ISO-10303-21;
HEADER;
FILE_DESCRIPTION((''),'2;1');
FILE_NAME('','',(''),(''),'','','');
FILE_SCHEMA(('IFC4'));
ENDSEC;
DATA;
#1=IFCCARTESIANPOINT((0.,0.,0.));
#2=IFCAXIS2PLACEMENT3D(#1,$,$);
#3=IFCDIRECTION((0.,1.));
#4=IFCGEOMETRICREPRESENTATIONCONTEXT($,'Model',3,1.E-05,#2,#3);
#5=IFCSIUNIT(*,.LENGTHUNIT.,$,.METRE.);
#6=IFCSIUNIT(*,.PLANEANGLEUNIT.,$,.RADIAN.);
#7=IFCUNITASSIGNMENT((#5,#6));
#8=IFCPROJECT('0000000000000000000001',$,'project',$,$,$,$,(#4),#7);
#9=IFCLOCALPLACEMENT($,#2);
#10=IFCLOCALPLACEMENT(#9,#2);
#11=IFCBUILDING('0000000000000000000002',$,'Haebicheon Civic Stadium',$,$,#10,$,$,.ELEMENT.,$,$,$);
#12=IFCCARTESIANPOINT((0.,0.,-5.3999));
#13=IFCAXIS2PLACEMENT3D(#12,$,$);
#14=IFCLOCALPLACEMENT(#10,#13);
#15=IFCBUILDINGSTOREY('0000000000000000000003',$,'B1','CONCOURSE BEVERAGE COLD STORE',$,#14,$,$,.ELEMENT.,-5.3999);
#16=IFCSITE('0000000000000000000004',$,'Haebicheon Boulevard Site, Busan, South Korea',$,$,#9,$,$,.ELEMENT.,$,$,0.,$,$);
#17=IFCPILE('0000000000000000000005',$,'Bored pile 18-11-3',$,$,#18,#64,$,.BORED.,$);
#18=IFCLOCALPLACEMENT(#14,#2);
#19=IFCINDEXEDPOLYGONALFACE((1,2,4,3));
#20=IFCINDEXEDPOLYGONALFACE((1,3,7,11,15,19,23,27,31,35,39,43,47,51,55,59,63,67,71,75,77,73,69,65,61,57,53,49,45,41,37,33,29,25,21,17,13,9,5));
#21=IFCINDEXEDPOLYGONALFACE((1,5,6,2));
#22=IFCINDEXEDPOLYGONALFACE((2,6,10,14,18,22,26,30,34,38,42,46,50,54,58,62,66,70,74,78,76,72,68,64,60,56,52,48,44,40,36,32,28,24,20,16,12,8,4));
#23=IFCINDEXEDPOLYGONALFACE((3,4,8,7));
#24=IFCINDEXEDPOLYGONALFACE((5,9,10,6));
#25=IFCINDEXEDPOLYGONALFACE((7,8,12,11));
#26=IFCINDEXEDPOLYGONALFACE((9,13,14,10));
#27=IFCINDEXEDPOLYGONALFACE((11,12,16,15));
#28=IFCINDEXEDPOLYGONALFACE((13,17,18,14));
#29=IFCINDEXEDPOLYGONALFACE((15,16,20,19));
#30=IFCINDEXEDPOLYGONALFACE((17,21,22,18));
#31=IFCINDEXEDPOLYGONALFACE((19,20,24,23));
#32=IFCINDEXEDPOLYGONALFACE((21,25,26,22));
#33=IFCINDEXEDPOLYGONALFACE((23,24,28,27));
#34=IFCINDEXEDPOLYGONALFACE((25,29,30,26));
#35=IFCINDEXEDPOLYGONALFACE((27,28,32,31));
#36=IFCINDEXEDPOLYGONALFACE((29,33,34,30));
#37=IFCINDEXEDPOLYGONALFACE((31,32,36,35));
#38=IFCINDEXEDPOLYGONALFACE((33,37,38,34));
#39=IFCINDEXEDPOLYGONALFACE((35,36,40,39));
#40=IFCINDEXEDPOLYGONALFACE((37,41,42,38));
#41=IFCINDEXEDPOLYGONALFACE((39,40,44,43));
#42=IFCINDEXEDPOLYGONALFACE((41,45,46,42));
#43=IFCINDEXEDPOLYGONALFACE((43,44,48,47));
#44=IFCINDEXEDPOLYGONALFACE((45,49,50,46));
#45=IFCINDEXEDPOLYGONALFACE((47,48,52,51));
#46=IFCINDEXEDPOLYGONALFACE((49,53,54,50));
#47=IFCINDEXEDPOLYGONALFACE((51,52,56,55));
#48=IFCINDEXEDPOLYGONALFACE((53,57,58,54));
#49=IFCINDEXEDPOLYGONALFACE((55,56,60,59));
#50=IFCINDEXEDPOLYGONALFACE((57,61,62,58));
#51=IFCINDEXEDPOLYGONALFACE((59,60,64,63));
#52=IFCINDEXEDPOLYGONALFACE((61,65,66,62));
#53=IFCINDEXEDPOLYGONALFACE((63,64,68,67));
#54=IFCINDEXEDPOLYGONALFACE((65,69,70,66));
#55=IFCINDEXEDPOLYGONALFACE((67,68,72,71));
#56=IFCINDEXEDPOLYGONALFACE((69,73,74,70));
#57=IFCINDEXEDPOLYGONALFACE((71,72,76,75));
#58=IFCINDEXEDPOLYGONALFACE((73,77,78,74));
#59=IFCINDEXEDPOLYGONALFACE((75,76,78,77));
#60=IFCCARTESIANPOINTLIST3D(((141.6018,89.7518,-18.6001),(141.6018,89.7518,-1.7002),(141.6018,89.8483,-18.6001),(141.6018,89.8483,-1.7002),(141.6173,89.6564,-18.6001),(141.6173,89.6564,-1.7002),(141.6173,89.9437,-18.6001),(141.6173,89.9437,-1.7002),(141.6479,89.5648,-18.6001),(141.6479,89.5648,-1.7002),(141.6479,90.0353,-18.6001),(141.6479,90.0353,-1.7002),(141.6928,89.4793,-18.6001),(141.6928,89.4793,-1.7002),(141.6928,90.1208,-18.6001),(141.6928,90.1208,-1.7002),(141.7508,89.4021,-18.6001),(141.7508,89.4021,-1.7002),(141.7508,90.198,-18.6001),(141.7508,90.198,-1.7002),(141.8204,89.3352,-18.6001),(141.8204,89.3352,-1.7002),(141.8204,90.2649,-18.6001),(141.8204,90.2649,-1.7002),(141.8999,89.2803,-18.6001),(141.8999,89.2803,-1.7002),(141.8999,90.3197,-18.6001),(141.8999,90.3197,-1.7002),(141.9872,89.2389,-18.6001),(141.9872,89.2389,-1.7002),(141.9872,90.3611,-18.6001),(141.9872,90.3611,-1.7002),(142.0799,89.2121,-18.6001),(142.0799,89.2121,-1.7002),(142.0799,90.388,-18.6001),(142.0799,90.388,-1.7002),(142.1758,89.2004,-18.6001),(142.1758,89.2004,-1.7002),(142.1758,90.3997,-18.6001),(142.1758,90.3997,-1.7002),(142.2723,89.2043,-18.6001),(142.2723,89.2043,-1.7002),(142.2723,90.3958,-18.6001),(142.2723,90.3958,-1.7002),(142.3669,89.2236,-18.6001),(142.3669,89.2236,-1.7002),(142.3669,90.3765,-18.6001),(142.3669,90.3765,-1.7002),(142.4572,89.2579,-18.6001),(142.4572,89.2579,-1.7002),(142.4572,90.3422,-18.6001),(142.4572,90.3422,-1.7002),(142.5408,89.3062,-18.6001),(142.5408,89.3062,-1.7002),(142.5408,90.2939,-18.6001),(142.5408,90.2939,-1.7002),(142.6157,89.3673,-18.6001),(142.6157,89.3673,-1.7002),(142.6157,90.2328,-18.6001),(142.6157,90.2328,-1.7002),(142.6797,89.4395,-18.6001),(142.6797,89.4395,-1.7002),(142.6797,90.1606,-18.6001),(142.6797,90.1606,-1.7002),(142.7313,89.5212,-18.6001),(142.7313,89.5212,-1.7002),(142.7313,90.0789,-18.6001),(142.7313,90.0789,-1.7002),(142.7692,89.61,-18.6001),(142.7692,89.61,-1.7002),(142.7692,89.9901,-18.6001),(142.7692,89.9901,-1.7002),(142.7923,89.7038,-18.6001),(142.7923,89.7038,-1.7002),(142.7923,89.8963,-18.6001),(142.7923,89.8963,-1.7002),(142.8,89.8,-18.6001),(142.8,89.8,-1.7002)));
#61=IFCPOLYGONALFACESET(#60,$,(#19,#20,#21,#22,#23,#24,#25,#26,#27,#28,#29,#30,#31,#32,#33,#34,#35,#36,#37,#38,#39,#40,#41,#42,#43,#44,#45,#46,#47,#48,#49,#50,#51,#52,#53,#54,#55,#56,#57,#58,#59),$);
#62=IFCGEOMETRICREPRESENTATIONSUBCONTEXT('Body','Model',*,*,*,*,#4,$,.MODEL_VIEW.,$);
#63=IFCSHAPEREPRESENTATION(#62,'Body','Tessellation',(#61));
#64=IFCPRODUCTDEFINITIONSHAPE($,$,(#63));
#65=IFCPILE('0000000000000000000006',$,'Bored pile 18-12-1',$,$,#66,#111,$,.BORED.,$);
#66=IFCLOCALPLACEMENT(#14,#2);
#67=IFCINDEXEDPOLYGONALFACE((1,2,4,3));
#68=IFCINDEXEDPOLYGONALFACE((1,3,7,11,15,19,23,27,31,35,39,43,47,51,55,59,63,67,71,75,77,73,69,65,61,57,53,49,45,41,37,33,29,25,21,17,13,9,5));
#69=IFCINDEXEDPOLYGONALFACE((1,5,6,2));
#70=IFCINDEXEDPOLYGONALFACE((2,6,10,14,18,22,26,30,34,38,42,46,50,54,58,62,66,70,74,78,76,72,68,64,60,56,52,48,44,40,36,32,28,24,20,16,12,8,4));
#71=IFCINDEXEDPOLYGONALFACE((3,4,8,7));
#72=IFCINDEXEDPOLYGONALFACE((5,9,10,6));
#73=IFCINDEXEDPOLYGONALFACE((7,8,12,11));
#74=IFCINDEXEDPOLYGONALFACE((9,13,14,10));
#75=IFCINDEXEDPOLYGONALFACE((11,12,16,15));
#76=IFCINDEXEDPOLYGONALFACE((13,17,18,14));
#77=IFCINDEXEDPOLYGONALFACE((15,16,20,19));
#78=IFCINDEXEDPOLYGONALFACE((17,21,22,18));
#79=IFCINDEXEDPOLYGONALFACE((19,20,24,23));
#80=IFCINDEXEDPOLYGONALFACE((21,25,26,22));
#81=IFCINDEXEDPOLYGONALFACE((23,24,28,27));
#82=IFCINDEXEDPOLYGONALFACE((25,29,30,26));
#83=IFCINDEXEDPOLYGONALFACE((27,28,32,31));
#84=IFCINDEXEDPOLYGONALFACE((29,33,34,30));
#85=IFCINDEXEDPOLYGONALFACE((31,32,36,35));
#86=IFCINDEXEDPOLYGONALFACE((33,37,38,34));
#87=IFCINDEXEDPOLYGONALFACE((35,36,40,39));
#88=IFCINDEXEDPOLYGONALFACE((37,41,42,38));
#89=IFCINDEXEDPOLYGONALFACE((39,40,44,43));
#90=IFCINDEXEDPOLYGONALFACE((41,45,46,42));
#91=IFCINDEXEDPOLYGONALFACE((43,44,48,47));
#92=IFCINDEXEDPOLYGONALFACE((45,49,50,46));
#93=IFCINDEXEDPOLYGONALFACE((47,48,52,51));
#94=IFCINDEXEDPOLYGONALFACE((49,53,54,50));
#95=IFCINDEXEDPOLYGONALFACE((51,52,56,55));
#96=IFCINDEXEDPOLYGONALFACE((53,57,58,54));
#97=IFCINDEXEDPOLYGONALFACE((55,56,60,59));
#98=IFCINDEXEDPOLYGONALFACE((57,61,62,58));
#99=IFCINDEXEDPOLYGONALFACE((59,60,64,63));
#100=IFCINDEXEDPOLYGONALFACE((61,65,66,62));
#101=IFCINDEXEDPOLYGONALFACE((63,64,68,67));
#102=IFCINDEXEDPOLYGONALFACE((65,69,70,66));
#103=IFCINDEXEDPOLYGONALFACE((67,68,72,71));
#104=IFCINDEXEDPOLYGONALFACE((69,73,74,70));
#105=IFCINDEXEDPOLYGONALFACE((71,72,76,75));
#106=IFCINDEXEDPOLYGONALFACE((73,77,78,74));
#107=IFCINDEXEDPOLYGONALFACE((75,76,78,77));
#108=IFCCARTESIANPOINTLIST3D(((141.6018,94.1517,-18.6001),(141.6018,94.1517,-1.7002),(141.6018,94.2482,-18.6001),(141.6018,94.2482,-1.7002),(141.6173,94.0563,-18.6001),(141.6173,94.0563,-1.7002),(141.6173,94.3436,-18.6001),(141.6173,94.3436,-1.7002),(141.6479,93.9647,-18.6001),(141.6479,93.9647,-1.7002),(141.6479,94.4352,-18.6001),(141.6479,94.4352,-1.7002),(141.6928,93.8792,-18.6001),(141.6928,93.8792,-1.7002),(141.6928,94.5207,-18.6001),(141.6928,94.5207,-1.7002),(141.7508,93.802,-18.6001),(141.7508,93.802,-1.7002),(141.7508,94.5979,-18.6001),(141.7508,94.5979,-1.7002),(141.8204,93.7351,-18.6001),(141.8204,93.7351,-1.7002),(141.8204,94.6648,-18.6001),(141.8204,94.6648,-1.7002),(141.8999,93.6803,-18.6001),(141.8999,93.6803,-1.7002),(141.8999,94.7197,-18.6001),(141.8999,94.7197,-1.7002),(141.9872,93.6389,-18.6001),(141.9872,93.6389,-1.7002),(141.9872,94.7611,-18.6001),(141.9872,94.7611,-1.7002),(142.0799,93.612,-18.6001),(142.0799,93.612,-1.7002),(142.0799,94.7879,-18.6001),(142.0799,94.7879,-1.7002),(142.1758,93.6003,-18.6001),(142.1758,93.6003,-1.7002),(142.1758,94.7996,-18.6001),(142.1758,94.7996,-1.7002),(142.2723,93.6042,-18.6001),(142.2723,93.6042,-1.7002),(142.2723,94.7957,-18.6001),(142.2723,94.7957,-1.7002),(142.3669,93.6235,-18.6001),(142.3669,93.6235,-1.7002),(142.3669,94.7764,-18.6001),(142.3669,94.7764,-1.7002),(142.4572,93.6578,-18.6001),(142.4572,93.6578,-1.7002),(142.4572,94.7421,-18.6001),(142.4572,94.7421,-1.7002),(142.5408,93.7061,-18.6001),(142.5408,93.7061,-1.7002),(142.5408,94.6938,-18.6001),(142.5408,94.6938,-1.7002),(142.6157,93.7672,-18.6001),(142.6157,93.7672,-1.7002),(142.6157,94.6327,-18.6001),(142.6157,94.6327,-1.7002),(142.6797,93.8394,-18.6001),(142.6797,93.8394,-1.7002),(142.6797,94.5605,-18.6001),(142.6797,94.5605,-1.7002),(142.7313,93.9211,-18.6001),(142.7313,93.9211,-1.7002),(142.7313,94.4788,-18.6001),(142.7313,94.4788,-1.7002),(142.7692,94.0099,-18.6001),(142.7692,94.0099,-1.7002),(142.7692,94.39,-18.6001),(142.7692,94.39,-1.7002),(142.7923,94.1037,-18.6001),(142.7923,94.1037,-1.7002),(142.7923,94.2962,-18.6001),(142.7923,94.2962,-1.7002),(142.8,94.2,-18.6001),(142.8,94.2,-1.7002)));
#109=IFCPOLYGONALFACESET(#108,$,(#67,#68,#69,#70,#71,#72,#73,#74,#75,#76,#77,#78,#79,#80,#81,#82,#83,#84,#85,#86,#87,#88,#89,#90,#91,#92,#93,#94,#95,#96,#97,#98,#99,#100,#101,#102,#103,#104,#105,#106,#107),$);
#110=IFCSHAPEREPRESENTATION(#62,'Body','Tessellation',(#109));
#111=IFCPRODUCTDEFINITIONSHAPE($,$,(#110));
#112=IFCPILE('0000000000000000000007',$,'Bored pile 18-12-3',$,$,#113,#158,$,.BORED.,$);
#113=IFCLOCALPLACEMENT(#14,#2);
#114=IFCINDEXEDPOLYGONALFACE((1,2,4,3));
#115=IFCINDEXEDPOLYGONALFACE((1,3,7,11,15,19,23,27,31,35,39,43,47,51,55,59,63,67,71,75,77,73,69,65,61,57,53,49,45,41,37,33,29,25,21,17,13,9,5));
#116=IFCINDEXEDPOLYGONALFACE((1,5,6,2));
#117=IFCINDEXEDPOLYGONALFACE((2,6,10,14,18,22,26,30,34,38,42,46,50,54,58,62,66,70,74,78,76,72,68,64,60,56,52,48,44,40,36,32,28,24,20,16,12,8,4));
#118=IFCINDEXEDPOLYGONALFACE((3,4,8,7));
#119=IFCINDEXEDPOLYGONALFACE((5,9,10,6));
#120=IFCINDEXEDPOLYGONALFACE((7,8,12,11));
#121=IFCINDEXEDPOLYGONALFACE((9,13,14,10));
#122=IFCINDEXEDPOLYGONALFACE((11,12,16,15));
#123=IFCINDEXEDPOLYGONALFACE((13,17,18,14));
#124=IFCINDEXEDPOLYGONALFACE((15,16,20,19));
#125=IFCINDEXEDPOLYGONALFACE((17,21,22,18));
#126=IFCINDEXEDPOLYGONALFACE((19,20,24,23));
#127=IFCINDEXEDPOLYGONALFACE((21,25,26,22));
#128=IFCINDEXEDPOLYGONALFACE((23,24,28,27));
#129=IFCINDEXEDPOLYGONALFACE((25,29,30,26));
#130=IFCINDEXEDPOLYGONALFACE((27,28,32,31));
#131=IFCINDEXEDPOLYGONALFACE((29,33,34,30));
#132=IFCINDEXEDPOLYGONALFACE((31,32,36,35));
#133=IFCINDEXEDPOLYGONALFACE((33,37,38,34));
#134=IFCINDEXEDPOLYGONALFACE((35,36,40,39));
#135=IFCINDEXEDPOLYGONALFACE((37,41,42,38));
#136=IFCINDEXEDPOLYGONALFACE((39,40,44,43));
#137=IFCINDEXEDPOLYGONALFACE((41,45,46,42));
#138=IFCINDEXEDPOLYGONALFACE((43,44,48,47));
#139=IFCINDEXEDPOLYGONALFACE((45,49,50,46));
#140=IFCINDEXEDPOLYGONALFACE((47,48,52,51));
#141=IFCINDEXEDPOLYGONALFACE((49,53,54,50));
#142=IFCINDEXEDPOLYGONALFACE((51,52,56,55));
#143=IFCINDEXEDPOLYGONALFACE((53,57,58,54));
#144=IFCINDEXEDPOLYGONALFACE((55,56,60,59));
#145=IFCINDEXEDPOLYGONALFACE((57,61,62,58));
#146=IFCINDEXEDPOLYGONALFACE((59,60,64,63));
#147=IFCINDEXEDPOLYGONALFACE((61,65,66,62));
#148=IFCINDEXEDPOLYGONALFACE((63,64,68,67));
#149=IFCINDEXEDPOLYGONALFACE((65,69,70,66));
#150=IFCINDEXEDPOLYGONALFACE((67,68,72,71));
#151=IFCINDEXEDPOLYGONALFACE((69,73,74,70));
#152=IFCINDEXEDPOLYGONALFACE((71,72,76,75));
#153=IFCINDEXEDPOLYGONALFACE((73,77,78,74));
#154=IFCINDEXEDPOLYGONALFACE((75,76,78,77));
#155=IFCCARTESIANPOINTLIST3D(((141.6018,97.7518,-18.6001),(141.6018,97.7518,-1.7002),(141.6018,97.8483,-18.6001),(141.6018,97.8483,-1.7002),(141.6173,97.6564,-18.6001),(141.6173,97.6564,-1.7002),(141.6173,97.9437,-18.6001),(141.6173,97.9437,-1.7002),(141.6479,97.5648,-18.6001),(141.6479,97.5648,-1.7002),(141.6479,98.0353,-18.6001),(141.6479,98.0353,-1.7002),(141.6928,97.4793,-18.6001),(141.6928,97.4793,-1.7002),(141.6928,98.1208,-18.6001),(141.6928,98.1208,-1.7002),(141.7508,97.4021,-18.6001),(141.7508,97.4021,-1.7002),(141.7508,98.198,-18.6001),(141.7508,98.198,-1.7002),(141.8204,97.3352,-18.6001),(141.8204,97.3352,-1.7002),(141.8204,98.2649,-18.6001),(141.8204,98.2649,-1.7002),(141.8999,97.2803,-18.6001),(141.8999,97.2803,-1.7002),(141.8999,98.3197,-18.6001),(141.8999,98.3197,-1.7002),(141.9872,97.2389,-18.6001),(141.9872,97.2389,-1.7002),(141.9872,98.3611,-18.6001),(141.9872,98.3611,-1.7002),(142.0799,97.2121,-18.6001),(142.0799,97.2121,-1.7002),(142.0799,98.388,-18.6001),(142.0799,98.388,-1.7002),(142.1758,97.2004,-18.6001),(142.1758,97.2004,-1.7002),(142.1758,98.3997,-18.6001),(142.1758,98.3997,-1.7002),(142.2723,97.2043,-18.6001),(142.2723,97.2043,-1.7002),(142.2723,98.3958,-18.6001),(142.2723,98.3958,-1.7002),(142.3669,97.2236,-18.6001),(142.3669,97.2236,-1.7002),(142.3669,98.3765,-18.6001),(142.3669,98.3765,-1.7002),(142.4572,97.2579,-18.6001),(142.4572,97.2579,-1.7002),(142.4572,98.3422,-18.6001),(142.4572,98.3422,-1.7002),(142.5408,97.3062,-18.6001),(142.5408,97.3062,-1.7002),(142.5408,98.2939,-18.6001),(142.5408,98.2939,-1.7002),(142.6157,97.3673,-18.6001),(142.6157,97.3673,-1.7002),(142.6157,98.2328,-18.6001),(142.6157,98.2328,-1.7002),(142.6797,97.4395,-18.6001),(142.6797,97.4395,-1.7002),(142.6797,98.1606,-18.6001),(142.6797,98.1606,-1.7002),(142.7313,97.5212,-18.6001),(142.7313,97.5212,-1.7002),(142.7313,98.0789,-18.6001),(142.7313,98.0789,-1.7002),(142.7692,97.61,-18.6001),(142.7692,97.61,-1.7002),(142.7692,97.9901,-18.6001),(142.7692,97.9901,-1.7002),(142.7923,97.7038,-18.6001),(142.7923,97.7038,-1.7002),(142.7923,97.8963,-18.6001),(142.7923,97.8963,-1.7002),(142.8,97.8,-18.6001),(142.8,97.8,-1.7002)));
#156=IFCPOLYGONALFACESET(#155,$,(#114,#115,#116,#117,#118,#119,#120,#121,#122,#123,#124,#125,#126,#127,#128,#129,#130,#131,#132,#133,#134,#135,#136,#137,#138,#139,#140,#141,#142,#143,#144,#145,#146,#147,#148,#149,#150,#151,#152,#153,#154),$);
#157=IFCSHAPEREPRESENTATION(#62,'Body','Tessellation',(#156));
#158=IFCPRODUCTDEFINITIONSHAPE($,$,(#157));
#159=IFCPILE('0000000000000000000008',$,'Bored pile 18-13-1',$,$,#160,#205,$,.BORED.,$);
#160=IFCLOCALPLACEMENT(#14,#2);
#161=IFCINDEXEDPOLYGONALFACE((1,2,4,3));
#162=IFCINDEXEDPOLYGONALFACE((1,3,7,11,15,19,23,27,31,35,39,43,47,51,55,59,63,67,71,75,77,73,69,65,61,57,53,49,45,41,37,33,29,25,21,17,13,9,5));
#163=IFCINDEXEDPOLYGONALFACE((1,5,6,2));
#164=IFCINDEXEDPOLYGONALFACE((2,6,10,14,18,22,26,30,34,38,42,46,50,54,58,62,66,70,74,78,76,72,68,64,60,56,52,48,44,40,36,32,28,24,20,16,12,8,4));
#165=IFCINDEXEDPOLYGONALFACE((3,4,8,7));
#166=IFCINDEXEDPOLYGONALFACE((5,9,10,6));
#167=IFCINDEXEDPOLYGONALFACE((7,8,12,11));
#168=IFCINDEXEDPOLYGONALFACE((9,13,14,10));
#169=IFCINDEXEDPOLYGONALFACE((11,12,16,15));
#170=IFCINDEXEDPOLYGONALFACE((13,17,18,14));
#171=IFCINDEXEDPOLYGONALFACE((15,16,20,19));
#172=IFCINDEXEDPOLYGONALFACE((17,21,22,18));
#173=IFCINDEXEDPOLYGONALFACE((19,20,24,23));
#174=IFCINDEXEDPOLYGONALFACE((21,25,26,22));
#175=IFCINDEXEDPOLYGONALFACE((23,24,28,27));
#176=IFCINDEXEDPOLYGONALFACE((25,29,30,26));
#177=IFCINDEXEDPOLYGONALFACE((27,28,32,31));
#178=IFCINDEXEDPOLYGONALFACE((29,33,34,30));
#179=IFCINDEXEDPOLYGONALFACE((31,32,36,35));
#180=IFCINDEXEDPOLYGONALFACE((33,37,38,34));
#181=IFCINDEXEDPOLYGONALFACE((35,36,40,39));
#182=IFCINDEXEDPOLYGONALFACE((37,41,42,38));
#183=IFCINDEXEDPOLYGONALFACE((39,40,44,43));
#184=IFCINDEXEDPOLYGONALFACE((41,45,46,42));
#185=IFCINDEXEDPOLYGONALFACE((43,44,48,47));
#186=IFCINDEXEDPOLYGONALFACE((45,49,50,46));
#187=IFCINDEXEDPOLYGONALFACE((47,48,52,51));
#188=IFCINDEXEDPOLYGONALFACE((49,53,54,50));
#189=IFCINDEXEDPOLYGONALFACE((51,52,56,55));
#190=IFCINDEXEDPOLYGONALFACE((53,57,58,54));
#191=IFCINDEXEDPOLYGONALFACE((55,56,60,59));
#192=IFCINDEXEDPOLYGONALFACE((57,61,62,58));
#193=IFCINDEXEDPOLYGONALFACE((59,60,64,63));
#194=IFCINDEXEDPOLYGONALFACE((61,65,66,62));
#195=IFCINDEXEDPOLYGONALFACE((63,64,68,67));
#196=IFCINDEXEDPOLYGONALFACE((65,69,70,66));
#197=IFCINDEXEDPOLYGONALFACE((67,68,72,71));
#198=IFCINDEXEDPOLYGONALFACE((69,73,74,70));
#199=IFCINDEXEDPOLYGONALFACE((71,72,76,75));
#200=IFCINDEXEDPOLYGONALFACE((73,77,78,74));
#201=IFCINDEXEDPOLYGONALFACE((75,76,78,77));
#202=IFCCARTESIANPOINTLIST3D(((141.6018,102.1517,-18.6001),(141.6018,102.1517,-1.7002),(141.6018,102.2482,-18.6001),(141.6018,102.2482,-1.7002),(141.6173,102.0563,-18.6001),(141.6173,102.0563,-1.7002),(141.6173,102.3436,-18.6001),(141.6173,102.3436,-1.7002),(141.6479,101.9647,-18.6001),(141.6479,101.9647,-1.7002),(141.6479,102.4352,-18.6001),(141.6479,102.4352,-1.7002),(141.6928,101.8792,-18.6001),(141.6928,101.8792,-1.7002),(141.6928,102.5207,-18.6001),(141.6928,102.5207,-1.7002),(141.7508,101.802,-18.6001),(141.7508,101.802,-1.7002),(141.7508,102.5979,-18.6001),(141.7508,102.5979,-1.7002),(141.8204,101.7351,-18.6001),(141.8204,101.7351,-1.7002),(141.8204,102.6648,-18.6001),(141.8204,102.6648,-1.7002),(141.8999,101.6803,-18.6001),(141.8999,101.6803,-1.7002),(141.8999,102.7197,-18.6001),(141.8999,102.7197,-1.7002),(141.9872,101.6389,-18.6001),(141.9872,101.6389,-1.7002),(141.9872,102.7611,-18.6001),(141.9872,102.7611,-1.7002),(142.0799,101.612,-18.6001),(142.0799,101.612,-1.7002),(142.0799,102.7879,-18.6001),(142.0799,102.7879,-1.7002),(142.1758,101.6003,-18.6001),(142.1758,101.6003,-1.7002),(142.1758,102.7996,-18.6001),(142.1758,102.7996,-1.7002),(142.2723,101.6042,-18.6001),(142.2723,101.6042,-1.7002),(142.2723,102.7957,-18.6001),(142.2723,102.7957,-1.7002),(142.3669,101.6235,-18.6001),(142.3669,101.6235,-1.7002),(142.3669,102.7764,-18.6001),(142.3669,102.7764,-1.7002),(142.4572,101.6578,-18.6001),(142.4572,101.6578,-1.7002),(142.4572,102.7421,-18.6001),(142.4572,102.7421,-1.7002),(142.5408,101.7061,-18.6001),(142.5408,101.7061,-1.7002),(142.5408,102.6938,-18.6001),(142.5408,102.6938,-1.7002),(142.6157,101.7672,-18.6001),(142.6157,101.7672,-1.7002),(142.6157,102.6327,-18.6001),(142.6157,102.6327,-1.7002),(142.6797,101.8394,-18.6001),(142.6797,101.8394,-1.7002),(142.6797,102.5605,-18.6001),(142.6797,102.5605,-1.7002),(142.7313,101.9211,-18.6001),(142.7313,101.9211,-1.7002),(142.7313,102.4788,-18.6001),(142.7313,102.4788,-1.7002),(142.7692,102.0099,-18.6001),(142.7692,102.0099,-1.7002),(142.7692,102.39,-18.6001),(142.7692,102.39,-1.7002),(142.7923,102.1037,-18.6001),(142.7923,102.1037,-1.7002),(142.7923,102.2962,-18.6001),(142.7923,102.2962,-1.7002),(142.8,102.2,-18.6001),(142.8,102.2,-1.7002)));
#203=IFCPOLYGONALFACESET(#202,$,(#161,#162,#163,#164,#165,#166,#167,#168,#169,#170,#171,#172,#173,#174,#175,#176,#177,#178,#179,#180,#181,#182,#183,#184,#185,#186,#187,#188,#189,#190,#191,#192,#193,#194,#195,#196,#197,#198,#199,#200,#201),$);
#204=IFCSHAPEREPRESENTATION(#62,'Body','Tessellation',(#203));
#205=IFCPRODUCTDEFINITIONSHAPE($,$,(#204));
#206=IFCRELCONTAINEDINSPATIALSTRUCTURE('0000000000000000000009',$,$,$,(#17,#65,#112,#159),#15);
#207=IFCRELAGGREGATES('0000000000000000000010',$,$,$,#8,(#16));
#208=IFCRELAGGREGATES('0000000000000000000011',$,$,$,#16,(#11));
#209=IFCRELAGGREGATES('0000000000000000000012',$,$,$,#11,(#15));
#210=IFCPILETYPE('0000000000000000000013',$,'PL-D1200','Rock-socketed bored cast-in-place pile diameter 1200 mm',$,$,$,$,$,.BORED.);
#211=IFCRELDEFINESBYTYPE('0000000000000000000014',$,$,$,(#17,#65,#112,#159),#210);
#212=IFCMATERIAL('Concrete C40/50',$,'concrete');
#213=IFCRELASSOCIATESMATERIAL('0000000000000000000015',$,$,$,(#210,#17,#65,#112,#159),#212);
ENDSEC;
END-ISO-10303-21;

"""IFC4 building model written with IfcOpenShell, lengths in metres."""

from ifc_helpers import new_model, si_unit, direction, frame, origin, origin_2d, place, context, subcontext, project, spatial, circle, extrude, material, material_profile, profile_set, type_object, element, save


model = new_model("IFC4")

# Units and contexts
model_context = context("Model", 3, precision=1e-05, world=origin(), true_north=direction((0.0, 1.0)))
body_context = subcontext(model_context, "Body", "Model", "MODEL_VIEW")
ifc_project = project(units=[si_unit("LENGTHUNIT", "METRE"), si_unit("PLANEANGLEUNIT", "RADIAN")], contexts=[model_context])

# Site, building, storey
site_placement = place(None, origin())
site = spatial("IfcSite", under=ifc_project, at=site_placement, Name="Haebicheon Boulevard Site, Busan, South Korea", CompositionType="ELEMENT", RefElevation=0.0)
building_placement = place(site_placement, origin())
building = spatial("IfcBuilding", under=site, at=building_placement, Name="Haebicheon Civic Stadium", CompositionType="ELEMENT")
storey_placement = place(building_placement, frame((0.0, 0.0, -5.3999)))
storey = spatial("IfcBuildingStorey", under=building, at=storey_placement, Name="B1", Description="CONCOURSE BEVERAGE COLD STORE", CompositionType="ELEMENT", Elevation=-5.3999)

# Piles
ifc_material_1 = material(Name="Concrete C40/50", Category="concrete")
ifc_material_profile_1 = material_profile(ifc_material_1, circle(Radius=0.6001, at=origin_2d()), Name="PILE-D1200")
ifc_profile_set_1 = profile_set([ifc_material_profile_1], Name="Concrete C40/50")
pile_type_1 = type_object("IfcPileType", Name="PL-D1200", Description="Rock-socketed bored cast-in-place pile diameter 1200 mm", PredefinedType="BORED", material=ifc_profile_set_1)
for number, where, z_axis, x_axis, name in (
    (1, (142.2, 89.8, -1.7002), (0.0, 0.0, -1.0), (1.0, 0.0, 0.0), "Bored pile 18-11-3"),
    (2, (142.2, 94.2, -1.7002), (0.0, 0.0, -1.0), (1.0, 0.0, 0.0), "Bored pile 18-12-1"),
    (3, (142.2, 97.8, -1.7002), (0.0, 0.0, -1.0), (1.0, 0.0, 0.0), "Bored pile 18-12-3"),
    (4, (142.2, 102.2, -1.7002), (0.0, 0.0, -1.0), (1.0, 0.0, 0.0), "Bored pile 18-13-1"),
):
    element("IfcPile", number, at=place(storey_placement, frame(where, z_axis=z_axis, x_axis=x_axis)), inside=storey, type_object=pile_type_1, material=ifc_profile_set_1, Name=name, PredefinedType="BORED", context=body_context, shape_type="SweptSolid", body=[
        extrude(circle(Radius=0.6001, at=origin_2d()), origin(), (0.0, 0.0, 1.0), 16.8999),
    ])

save(model, "model.ifc")
